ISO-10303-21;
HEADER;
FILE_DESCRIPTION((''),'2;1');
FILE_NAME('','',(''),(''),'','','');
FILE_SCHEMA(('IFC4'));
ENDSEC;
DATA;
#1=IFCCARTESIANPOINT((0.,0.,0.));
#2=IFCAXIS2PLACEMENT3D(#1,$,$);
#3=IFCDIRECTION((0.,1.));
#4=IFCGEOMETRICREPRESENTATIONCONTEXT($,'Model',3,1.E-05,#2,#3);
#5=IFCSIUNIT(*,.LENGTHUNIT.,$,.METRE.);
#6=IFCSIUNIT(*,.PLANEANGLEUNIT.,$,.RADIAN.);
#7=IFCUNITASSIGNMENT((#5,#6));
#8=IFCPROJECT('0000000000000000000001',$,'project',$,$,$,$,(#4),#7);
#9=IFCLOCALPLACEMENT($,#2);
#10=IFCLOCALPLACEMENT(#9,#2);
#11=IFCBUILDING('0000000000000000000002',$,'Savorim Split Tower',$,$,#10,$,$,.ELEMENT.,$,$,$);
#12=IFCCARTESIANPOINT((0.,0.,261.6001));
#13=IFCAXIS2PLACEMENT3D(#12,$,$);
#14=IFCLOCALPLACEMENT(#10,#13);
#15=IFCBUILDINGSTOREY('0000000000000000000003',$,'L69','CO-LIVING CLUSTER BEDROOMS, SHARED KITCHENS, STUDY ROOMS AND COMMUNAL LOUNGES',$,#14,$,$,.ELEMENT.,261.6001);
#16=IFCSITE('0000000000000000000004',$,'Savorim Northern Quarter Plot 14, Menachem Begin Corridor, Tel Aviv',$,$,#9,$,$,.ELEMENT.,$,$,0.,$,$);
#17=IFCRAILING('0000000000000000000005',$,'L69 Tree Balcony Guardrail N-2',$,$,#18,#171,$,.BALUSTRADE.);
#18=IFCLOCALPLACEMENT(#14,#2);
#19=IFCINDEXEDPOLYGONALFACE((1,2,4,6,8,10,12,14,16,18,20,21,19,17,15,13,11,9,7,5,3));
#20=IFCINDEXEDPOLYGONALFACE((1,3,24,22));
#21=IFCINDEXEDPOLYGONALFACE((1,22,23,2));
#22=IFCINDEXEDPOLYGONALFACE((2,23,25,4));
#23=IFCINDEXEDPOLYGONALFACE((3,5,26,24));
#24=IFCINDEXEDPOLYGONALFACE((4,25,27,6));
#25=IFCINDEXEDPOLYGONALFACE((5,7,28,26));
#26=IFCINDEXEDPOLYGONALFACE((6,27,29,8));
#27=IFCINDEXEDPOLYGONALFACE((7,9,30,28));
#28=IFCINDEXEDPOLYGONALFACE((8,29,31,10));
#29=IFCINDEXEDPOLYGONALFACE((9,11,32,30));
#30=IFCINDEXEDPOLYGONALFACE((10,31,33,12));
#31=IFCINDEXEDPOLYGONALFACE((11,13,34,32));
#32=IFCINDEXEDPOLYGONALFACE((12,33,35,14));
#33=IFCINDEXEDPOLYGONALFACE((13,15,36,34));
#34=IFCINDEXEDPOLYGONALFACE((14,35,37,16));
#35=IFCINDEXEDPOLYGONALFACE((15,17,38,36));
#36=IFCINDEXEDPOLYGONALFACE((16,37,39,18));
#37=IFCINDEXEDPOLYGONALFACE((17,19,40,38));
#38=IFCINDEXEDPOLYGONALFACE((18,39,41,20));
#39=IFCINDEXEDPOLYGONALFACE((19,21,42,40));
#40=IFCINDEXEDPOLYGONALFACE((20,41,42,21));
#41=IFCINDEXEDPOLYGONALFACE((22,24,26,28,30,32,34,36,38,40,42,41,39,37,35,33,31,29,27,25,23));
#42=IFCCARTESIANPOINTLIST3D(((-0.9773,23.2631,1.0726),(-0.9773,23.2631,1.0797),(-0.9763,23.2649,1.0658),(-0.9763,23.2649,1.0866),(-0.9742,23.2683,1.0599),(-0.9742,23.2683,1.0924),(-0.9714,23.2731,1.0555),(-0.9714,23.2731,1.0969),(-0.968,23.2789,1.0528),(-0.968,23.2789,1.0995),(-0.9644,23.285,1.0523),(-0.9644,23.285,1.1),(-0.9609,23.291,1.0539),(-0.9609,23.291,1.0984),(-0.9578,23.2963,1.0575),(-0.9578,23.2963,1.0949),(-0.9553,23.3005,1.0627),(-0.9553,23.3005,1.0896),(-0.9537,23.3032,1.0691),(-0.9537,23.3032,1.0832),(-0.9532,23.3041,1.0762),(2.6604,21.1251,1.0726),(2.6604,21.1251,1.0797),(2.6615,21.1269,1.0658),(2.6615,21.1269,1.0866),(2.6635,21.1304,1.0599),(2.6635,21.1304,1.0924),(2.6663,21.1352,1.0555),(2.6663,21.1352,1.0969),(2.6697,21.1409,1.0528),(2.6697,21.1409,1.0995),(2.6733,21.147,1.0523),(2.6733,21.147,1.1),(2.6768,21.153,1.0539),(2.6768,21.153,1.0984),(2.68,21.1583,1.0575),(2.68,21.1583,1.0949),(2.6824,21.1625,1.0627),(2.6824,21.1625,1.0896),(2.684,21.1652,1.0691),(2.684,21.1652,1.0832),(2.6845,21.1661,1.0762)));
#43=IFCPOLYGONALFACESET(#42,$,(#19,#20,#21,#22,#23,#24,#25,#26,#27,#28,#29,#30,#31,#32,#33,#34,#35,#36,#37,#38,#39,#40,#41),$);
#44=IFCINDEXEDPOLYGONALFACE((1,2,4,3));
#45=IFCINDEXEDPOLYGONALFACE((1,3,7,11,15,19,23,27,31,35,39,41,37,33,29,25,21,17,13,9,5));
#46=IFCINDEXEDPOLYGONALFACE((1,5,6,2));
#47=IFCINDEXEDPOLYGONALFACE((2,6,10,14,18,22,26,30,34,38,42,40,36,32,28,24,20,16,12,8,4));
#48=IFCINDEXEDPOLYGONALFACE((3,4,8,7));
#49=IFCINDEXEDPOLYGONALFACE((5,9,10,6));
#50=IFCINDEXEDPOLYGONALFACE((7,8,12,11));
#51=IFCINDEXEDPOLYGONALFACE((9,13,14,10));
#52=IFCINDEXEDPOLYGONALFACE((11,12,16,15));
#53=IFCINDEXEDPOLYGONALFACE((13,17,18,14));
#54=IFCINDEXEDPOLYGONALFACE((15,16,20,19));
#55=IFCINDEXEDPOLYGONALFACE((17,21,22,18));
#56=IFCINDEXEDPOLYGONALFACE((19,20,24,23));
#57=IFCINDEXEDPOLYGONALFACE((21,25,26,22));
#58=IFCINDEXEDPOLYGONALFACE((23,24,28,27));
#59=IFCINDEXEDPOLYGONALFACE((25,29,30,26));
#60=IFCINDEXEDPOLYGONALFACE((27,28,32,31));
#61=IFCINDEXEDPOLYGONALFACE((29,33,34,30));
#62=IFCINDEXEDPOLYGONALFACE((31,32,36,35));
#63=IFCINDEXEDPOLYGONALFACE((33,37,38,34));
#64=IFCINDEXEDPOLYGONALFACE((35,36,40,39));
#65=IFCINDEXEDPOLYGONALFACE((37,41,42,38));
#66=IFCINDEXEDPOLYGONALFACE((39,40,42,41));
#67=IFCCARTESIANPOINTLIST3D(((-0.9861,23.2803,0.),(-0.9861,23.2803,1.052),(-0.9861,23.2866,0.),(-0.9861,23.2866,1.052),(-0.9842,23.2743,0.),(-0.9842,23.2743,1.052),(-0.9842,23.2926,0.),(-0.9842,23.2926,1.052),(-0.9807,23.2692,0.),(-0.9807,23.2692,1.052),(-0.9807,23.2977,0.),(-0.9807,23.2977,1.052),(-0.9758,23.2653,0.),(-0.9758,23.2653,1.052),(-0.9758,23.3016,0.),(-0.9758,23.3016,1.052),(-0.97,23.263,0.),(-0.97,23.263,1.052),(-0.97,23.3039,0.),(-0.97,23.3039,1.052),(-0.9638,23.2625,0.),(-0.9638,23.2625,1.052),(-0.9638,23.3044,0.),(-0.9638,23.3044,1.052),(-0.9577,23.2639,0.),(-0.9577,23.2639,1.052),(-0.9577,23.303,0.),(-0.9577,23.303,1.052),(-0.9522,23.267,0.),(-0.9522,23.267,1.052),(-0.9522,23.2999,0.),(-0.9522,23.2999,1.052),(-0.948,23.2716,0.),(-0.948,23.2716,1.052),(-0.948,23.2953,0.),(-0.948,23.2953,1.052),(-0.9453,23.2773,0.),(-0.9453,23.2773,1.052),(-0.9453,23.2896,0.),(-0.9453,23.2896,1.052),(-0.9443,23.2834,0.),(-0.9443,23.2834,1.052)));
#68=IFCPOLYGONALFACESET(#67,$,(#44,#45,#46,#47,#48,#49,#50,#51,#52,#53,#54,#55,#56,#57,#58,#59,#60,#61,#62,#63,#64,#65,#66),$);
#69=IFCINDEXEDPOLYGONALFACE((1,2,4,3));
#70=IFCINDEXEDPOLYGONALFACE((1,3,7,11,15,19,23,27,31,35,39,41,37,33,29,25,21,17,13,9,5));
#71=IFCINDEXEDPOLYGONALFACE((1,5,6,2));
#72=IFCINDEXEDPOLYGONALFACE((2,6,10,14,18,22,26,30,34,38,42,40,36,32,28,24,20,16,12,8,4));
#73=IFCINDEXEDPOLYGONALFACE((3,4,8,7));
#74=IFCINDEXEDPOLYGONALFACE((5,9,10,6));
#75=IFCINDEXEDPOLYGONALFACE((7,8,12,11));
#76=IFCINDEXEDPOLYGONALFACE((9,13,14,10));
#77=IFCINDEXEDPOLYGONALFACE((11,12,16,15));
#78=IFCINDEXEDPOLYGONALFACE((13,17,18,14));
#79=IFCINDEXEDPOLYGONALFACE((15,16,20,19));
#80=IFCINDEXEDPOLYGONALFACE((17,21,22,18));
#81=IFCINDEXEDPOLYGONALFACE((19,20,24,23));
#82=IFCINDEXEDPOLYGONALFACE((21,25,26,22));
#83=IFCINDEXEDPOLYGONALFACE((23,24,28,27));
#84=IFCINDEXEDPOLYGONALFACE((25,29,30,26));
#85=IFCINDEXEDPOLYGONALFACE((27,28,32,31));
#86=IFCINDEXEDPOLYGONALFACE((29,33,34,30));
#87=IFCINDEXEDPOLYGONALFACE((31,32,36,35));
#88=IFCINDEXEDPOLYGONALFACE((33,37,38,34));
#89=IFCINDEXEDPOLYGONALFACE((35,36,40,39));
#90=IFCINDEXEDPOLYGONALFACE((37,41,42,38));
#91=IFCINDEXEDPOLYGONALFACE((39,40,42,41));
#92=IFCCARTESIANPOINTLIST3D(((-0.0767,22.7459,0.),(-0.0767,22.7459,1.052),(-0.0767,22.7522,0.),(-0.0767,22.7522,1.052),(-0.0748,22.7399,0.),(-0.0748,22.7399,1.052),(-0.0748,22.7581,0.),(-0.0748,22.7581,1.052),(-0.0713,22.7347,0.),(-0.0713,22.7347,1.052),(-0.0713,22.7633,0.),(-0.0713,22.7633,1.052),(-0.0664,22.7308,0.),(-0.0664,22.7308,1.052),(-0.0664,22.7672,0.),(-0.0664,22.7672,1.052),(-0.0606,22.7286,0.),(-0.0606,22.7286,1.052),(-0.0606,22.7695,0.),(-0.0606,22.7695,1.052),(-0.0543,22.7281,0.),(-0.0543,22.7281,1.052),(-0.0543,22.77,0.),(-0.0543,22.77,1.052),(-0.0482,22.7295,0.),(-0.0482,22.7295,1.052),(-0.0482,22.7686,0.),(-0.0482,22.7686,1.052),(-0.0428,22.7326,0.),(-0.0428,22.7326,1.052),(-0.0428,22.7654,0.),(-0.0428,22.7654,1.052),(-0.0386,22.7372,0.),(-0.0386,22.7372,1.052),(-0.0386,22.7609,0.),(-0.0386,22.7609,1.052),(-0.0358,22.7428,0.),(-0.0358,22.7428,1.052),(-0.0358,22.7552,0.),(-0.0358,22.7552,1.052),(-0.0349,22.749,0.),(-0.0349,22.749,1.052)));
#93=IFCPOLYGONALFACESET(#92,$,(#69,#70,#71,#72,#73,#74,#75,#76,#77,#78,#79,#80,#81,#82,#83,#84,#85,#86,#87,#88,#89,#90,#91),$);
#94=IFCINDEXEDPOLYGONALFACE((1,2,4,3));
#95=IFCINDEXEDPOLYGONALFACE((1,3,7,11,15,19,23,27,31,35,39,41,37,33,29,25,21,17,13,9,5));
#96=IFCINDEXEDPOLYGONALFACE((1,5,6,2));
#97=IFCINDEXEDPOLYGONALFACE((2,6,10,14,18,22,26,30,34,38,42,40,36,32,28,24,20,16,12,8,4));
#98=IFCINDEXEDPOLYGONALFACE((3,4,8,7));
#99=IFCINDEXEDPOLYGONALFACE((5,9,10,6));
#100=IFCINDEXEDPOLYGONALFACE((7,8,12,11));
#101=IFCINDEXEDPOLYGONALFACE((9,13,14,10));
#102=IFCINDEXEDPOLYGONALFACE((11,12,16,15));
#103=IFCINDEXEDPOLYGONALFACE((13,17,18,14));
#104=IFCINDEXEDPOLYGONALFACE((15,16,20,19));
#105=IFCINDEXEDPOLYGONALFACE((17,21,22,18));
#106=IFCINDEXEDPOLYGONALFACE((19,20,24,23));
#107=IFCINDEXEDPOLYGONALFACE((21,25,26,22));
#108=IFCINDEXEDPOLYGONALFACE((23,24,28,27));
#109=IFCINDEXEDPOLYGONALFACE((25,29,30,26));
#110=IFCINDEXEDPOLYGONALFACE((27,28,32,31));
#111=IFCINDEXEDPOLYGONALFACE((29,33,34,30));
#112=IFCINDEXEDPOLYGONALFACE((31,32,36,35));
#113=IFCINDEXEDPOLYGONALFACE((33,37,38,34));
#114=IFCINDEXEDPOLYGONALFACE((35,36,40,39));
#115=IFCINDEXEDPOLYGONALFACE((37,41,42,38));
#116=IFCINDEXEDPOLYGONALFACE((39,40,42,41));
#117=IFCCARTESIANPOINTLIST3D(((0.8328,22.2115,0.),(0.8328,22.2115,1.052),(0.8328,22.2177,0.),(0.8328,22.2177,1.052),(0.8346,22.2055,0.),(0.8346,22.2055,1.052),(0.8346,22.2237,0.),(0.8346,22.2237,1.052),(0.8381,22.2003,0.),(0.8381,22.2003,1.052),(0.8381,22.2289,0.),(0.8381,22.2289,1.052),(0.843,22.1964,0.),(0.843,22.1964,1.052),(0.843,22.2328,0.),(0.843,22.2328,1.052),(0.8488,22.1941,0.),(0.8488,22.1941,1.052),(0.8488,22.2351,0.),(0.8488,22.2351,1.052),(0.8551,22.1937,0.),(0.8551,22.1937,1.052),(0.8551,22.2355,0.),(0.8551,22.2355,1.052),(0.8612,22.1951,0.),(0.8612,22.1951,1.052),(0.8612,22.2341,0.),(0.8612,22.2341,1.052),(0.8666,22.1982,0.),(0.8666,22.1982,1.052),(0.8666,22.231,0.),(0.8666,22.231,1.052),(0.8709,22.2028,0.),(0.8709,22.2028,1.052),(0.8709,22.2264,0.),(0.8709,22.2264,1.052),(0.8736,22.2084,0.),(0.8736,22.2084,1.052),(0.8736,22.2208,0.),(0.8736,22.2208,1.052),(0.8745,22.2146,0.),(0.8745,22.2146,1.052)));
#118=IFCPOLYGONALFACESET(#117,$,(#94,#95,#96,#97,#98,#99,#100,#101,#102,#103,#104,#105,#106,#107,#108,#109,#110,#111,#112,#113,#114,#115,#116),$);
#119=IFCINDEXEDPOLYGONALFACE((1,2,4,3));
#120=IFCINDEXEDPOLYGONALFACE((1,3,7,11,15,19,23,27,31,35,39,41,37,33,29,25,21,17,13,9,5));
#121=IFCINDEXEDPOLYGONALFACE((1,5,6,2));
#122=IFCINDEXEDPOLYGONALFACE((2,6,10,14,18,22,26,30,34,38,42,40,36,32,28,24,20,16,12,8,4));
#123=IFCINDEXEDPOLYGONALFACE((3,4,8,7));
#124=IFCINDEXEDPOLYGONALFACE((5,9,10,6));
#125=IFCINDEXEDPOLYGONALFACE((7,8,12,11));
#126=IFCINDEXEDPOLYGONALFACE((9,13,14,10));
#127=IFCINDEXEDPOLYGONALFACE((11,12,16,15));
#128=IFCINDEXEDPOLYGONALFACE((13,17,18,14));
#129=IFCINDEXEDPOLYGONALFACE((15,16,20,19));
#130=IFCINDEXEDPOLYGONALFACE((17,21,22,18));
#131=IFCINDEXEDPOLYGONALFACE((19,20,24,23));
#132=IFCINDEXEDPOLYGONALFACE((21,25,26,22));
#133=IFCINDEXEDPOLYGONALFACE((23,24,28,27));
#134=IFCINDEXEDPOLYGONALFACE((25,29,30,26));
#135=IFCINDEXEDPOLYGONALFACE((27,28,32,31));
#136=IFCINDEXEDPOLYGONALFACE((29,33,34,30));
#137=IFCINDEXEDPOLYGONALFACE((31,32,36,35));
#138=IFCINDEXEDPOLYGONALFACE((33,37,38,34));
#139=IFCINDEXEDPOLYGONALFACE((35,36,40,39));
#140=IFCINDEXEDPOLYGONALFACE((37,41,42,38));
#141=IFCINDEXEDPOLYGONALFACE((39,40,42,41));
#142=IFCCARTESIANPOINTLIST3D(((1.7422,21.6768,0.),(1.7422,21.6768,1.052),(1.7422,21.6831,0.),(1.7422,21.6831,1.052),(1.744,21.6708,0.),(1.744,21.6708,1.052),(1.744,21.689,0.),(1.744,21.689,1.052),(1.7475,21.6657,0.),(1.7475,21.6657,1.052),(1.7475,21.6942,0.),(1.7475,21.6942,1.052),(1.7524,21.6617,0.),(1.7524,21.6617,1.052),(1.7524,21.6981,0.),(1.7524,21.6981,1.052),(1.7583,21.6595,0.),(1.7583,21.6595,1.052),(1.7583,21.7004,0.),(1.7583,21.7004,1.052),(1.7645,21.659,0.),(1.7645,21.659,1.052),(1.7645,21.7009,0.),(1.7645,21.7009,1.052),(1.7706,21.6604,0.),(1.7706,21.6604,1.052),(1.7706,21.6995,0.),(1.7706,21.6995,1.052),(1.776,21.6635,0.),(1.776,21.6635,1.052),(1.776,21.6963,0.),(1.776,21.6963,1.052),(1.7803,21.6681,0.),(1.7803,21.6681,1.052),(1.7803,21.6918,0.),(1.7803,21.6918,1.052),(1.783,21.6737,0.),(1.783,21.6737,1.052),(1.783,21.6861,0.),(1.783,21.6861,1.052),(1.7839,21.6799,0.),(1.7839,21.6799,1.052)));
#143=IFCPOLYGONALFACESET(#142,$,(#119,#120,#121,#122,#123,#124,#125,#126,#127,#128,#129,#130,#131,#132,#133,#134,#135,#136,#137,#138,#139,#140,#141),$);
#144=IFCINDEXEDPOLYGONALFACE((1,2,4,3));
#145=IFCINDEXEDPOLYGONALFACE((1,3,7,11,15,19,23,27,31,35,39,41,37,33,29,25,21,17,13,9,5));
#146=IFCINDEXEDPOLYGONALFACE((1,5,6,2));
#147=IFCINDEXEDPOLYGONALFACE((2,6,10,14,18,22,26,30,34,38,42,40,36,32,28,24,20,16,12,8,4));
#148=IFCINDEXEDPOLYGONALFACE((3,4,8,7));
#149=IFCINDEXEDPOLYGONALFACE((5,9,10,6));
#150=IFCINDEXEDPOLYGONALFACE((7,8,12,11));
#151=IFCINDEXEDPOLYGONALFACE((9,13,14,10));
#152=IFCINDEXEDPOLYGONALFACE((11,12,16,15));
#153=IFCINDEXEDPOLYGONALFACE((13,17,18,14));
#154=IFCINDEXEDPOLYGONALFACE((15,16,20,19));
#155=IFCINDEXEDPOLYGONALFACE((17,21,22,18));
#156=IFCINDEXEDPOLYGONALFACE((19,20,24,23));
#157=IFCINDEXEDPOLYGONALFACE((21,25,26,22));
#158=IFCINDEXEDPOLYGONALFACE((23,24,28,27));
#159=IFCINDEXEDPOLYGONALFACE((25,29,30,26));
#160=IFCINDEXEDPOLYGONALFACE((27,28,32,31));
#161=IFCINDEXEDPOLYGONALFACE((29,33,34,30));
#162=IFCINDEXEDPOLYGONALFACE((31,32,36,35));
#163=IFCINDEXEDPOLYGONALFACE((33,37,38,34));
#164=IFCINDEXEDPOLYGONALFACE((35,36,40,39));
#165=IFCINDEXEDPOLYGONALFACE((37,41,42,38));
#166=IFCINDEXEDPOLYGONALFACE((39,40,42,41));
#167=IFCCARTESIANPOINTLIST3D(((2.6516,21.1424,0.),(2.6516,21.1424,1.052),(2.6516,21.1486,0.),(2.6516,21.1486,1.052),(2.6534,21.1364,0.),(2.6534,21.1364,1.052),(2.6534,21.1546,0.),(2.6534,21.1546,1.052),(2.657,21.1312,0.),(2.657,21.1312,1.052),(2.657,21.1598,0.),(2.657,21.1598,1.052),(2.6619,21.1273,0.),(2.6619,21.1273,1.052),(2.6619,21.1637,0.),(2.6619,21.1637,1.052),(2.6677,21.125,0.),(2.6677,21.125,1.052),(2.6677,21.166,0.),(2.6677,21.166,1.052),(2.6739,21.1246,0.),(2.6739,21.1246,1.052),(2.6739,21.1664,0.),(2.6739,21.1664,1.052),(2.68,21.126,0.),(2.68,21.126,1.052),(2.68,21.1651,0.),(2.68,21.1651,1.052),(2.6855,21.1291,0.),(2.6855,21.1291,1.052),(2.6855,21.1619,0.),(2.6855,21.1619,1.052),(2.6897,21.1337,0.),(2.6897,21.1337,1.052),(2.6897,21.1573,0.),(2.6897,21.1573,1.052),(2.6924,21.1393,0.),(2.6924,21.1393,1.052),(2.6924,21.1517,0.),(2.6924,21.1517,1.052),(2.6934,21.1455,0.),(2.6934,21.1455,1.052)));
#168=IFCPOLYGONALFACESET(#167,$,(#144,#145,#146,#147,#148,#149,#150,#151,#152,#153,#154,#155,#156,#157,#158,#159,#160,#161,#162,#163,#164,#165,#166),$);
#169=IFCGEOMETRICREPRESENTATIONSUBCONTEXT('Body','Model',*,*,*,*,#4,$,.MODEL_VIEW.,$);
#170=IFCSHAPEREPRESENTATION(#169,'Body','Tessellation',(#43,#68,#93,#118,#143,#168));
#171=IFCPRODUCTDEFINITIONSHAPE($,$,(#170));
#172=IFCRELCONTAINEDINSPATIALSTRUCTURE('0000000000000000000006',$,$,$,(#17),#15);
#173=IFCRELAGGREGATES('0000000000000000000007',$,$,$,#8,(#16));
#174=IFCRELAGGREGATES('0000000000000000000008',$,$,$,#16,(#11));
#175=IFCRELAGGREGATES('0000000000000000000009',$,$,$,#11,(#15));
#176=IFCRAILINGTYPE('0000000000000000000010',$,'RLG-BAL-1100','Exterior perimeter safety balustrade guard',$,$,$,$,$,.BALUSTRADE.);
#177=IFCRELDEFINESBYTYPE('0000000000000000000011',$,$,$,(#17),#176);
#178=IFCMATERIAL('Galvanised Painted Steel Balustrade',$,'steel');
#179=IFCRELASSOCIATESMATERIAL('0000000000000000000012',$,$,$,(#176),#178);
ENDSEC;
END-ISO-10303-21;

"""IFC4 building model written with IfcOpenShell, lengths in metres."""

from ifc_helpers import new_model, si_unit, direction, frame, origin, origin_2d, place, context, subcontext, project, spatial, circle, extrude, material, type_object, element, save


model = new_model("IFC4")

# Units and contexts
model_context = context("Model", 3, precision=1e-05, world=origin(), true_north=direction((0.0, 1.0)))
body_context = subcontext(model_context, "Body", "Model", "MODEL_VIEW")
ifc_project = project(units=[si_unit("LENGTHUNIT", "METRE"), si_unit("PLANEANGLEUNIT", "RADIAN")], contexts=[model_context])

# Site, building, storey
site_placement = place(None, origin())
site = spatial("IfcSite", under=ifc_project, at=site_placement, Name="Savorim Northern Quarter Plot 14, Menachem Begin Corridor, Tel Aviv", CompositionType="ELEMENT", RefElevation=0.0)
building_placement = place(site_placement, origin())
building = spatial("IfcBuilding", under=site, at=building_placement, Name="Savorim Split Tower", CompositionType="ELEMENT")
storey_placement = place(building_placement, frame((0.0, 0.0, 261.6001)))
storey = spatial("IfcBuildingStorey", under=building, at=storey_placement, Name="L69", Description="CO-LIVING CLUSTER BEDROOMS, SHARED KITCHENS, STUDY ROOMS AND COMMUNAL LOUNGES", CompositionType="ELEMENT", Elevation=261.6001)

# Railing
ifc_material_1 = material(Name="Galvanised Painted Steel Balustrade", Category="steel")
railing_type = type_object("IfcRailingType", Name="RLG-BAL-1100", Description="Exterior perimeter safety balustrade guard", PredefinedType="BALUSTRADE", material=ifc_material_1)
railing_1_placement = place(storey_placement, frame((-0.9653, 23.2834, 0.0)))
element("IfcRailing", 1, at=railing_1_placement, inside=storey, type_object=railing_type, Name="L69 Tree Balcony Guardrail N-2", PredefinedType="BALUSTRADE", context=body_context, shape_type="SweptSolid", body=[
    extrude(circle(Radius=0.0239, at=origin_2d()), frame((0.0, 0.0, 1.0762), z_axis=(0.862129, -0.506689, 0.0), x_axis=(0.506689, 0.862129, 0.0)), (0.0, 0.0, 1.0), 4.2195),
    extrude(circle(Radius=0.021, at=origin_2d()), origin(), (0.0, 0.0, 1.0), 1.052),
    extrude(circle(Radius=0.021, at=origin_2d()), frame((0.9094, -0.5344, 0.0)), (0.0, 0.0, 1.0), 1.052),
    extrude(circle(Radius=0.021, at=origin_2d()), frame((1.8188, -1.0688, 0.0)), (0.0, 0.0, 1.0), 1.052),
    extrude(circle(Radius=0.021, at=origin_2d()), frame((2.7283, -1.6035, 0.0)), (0.0, 0.0, 1.0), 1.052),
    extrude(circle(Radius=0.021, at=origin_2d()), frame((3.6377, -2.1379, 0.0)), (0.0, 0.0, 1.0), 1.052),
])

save(model, "model.ifc")
